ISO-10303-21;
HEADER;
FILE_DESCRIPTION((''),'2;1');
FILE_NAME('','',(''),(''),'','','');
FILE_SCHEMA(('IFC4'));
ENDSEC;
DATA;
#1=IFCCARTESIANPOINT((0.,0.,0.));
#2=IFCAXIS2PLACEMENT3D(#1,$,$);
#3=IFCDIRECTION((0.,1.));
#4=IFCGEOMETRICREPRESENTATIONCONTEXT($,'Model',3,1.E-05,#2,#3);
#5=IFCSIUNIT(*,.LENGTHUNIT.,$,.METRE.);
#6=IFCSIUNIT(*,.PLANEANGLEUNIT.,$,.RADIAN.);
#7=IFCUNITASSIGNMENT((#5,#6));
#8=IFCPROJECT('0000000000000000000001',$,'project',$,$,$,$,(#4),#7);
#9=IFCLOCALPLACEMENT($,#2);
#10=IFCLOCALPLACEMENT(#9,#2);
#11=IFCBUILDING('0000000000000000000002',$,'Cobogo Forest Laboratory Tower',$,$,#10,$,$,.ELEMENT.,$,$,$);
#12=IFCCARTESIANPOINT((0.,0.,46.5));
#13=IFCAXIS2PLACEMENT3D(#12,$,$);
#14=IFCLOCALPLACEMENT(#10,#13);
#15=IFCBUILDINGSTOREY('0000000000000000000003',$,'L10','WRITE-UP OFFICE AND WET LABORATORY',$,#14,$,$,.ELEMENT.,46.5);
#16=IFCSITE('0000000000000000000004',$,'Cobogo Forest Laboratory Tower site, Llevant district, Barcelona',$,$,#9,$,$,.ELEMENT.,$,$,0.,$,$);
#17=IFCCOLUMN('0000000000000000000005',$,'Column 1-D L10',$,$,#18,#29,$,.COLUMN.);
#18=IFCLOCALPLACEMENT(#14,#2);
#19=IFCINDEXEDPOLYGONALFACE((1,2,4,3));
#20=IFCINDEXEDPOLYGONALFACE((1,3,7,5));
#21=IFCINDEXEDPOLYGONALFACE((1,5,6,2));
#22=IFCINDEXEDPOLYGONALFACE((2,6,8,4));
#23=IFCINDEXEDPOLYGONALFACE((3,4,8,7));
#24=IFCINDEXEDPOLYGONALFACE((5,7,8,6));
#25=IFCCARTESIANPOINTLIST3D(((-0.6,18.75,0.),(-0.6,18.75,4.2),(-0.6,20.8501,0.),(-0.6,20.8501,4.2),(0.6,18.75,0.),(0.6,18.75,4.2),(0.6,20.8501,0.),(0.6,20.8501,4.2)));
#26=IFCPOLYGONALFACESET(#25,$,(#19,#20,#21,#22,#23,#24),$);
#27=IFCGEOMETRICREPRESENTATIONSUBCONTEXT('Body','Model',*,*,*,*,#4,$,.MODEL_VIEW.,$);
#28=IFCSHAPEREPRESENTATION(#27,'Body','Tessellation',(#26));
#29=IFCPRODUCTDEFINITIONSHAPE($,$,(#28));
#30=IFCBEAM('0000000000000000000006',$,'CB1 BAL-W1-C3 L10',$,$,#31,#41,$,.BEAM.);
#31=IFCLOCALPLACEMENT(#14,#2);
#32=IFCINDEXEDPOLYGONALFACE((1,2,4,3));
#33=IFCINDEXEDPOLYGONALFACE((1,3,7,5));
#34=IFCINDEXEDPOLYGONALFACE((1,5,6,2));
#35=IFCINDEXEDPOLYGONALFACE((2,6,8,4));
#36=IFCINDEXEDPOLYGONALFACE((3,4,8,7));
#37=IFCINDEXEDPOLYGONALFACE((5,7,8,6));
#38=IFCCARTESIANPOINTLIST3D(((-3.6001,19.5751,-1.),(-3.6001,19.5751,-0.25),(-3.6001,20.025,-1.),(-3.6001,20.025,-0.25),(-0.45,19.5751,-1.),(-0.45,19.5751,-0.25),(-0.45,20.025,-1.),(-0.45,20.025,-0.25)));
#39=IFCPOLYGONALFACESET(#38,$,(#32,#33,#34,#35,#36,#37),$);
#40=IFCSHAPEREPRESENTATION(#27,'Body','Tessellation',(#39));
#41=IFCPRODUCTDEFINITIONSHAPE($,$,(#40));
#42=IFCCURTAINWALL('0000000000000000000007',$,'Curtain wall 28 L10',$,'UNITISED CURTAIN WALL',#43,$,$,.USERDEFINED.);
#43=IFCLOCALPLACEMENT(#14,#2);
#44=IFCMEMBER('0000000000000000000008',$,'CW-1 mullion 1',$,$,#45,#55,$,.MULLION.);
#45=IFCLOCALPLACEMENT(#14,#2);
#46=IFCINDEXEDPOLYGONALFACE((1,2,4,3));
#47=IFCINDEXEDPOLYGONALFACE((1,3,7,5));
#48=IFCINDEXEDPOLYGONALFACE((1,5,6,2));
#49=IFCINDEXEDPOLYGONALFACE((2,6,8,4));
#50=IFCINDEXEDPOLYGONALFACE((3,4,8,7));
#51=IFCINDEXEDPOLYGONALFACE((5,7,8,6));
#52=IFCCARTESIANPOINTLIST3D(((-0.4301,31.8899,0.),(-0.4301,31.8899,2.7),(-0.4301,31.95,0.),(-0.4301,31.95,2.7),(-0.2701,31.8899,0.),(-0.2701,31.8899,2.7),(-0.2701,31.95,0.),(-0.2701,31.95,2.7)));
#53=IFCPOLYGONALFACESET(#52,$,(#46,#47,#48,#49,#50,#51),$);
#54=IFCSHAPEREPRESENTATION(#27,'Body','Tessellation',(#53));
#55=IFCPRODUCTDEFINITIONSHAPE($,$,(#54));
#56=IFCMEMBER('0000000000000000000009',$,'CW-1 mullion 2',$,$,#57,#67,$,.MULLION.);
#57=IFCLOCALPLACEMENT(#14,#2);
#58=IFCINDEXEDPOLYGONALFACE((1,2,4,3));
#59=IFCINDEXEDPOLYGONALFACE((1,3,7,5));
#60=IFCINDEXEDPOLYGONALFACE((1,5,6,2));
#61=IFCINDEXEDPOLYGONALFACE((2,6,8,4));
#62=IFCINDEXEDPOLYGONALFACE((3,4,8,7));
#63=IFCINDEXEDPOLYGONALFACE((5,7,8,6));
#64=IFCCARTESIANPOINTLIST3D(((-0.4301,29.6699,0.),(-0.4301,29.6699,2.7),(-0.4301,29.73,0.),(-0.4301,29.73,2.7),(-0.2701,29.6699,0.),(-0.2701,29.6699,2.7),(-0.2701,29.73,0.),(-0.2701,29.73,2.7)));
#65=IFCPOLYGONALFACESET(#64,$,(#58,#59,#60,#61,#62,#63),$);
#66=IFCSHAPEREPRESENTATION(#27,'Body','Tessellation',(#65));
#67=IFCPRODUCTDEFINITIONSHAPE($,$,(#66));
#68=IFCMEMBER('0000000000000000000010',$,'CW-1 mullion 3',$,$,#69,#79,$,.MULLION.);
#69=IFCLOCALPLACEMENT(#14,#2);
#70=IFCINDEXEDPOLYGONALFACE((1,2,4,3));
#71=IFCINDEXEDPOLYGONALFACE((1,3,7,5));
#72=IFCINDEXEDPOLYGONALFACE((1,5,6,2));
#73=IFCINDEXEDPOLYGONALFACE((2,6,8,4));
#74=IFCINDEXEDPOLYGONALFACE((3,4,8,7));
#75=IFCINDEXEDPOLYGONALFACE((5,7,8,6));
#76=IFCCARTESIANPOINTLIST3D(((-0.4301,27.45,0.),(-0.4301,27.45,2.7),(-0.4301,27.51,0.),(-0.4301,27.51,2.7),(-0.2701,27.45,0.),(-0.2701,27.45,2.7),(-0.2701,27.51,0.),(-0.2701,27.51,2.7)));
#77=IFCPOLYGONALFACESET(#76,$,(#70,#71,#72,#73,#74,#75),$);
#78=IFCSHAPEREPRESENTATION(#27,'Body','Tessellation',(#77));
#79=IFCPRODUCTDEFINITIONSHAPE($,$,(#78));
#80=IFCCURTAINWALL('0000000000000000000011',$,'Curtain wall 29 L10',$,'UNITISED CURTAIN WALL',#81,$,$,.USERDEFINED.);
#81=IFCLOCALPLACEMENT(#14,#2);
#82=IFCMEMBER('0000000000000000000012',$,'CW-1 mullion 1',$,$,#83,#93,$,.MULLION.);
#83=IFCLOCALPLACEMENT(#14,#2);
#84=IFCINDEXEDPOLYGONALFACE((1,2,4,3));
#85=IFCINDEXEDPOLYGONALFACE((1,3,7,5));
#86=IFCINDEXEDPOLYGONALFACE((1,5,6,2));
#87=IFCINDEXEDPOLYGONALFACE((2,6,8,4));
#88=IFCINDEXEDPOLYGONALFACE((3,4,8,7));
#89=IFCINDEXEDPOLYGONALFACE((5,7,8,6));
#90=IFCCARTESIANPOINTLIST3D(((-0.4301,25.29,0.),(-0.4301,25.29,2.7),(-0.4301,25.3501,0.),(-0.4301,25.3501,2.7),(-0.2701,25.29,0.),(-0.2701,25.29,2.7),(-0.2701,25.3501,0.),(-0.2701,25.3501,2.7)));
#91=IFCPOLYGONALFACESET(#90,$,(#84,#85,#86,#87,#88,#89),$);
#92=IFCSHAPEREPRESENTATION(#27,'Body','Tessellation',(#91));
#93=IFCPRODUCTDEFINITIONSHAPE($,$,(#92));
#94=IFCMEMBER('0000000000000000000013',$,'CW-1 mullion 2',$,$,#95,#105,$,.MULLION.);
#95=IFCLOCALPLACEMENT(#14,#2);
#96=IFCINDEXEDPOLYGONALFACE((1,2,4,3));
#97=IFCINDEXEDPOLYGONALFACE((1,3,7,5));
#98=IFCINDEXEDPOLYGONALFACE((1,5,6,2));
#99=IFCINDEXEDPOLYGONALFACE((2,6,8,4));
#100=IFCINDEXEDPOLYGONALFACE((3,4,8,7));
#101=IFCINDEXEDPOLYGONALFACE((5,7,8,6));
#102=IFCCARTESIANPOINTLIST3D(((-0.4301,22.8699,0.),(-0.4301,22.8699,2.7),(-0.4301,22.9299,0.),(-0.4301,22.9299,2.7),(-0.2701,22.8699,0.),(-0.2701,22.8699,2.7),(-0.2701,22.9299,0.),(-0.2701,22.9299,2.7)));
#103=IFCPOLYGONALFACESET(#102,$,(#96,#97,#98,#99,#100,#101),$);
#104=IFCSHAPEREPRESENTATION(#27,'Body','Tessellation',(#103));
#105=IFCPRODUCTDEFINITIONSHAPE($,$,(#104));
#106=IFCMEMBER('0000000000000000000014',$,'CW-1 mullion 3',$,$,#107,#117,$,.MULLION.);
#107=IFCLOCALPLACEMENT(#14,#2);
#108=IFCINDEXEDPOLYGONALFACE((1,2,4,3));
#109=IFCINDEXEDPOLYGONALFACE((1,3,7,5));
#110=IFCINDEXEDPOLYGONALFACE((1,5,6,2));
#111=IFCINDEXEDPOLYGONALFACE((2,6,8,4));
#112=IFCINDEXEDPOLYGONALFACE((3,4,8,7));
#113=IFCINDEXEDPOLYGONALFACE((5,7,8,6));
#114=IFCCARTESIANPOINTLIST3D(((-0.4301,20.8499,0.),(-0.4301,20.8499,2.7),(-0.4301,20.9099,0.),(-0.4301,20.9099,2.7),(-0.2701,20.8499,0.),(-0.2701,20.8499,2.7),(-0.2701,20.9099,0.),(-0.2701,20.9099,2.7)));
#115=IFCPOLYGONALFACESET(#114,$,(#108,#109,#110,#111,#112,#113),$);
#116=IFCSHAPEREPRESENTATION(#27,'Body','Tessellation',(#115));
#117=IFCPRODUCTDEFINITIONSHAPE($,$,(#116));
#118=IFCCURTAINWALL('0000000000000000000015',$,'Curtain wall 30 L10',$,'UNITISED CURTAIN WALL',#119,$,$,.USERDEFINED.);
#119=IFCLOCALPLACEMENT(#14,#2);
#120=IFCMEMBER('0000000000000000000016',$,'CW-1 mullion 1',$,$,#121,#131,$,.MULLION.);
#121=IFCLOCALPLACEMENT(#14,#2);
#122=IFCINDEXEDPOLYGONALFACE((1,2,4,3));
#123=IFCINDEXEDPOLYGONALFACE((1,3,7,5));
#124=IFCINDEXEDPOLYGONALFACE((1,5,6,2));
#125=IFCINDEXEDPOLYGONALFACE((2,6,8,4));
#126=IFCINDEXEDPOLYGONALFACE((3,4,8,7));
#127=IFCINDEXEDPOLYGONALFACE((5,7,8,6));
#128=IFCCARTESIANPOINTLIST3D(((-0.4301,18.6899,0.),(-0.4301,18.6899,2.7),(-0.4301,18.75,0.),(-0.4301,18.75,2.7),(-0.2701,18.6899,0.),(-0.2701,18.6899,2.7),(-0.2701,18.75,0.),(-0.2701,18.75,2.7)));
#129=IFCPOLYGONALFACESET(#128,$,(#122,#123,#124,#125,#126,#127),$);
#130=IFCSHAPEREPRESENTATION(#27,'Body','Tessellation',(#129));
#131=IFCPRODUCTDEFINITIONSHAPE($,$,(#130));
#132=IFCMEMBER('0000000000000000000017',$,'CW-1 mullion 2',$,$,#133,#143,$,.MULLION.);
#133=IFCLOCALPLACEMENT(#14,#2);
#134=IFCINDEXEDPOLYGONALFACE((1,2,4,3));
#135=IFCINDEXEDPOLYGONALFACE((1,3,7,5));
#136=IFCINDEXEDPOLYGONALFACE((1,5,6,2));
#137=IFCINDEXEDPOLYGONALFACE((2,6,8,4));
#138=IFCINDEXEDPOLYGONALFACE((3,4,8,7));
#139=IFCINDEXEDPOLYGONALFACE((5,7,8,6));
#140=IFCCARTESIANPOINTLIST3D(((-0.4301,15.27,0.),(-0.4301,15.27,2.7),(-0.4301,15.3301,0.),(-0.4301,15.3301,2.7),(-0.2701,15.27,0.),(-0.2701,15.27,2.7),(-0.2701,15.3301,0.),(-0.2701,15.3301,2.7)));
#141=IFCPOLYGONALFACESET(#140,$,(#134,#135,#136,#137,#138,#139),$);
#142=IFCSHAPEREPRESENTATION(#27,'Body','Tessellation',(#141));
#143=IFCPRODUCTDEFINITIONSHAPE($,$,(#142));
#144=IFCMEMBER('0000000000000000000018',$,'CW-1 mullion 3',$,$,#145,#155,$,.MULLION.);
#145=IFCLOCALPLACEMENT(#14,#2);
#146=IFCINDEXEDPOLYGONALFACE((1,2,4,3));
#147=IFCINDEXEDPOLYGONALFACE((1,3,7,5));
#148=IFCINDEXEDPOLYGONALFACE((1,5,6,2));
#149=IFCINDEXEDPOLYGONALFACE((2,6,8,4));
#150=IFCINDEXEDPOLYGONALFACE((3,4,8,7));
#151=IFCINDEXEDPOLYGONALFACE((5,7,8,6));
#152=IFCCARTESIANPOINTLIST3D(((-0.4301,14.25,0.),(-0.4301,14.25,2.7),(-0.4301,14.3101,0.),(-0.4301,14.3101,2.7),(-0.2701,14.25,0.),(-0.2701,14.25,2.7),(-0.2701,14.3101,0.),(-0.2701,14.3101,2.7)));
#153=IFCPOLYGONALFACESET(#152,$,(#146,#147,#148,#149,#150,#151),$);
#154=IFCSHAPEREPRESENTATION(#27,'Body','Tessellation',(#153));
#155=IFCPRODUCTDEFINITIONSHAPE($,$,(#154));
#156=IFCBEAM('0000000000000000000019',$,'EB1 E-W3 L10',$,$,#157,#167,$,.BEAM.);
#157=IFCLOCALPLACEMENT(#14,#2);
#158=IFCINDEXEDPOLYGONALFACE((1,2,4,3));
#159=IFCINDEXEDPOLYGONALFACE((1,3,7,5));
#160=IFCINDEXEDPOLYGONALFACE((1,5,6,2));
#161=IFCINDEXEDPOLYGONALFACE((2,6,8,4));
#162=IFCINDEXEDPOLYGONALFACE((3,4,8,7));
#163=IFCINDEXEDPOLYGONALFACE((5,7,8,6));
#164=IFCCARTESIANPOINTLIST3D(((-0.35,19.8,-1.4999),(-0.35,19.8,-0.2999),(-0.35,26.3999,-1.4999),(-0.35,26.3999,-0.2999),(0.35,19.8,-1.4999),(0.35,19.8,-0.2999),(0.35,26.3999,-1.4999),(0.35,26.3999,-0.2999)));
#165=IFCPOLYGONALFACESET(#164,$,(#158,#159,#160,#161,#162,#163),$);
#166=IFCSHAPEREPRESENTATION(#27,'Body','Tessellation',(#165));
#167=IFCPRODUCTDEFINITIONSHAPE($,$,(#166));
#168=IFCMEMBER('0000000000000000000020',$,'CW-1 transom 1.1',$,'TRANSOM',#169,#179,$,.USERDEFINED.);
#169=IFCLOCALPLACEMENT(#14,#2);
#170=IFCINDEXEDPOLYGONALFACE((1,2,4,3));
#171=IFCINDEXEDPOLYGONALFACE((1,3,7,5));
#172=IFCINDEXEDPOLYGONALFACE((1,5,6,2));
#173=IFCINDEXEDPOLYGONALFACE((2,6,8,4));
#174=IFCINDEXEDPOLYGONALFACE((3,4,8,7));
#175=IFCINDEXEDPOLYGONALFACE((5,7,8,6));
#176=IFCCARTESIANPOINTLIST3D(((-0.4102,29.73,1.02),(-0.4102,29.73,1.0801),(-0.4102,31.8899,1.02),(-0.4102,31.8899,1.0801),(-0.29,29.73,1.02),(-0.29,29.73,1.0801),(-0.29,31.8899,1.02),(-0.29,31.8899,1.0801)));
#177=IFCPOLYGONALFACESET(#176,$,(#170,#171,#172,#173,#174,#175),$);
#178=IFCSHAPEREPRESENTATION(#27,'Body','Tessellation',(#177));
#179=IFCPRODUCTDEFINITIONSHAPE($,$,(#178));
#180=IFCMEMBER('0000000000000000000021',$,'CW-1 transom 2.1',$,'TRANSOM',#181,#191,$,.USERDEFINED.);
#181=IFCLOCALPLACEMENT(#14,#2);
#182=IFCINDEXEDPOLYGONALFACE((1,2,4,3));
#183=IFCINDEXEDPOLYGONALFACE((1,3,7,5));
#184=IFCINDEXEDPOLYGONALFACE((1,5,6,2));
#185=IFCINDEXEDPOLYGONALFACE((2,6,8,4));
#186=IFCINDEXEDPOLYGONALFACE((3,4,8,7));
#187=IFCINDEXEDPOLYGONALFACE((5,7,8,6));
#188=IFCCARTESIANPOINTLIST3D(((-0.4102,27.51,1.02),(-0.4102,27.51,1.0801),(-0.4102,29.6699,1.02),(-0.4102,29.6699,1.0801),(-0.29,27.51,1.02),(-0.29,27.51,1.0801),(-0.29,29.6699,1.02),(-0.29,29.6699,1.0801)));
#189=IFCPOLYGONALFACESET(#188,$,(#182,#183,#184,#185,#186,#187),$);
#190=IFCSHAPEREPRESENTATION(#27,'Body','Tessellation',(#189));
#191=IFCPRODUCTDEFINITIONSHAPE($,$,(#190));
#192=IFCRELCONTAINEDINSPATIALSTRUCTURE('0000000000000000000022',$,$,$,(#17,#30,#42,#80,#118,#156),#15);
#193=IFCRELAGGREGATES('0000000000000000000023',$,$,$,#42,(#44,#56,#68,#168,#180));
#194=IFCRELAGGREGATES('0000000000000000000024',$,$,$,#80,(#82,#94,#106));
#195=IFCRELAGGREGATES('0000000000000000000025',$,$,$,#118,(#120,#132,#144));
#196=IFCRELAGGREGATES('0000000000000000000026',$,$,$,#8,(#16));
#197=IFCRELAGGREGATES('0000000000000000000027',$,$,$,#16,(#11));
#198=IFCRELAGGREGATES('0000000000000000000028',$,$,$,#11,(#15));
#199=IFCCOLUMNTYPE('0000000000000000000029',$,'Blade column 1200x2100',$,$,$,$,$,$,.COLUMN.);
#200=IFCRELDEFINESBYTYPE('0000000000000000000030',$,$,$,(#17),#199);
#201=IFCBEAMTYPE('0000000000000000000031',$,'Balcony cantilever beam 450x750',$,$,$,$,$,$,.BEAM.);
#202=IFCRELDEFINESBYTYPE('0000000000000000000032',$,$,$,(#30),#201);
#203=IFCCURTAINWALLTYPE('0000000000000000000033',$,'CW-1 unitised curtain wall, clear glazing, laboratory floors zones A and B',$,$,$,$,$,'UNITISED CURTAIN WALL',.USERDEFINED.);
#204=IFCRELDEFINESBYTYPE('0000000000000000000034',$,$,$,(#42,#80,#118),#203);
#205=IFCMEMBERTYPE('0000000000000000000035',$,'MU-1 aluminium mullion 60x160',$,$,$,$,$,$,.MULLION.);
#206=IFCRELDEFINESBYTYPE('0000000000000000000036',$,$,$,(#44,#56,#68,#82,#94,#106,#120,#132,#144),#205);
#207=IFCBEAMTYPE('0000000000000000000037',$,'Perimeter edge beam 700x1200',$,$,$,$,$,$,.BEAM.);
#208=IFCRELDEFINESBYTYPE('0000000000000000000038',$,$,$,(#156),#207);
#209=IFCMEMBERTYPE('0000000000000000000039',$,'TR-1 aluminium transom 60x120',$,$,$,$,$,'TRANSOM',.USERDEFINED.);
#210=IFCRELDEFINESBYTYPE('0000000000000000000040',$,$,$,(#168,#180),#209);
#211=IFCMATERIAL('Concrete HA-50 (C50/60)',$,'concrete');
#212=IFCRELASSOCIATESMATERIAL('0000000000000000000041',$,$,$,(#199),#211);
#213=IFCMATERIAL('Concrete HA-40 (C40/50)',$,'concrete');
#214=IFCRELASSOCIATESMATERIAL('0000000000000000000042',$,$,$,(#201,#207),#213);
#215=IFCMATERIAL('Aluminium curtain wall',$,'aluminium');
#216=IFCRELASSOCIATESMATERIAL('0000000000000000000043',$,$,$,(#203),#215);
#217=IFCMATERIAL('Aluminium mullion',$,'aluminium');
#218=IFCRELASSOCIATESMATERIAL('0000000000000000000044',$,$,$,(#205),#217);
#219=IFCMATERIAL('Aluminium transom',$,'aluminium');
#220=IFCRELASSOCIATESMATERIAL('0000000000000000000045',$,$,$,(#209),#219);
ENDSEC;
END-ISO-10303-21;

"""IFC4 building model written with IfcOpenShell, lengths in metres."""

from ifc_helpers import new_model, si_unit, direction, frame, origin, origin_2d, place, context, subcontext, project, spatial, rectangle, extrude, material, material_profile, profile_set, type_object, element, aggregate, save


model = new_model("IFC4")

# Units and contexts
model_context = context("Model", 3, precision=1e-05, world=origin(), true_north=direction((0.0, 1.0)))
body_context = subcontext(model_context, "Body", "Model", "MODEL_VIEW")
ifc_project = project(units=[si_unit("LENGTHUNIT", "METRE"), si_unit("PLANEANGLEUNIT", "RADIAN")], contexts=[model_context])

# Site, building, storey
site_placement = place(None, origin())
site = spatial("IfcSite", under=ifc_project, at=site_placement, Name="Cobogo Forest Laboratory Tower site, Llevant district, Barcelona", CompositionType="ELEMENT", RefElevation=0.0)
building_placement = place(site_placement, origin())
building = spatial("IfcBuilding", under=site, at=building_placement, Name="Cobogo Forest Laboratory Tower", CompositionType="ELEMENT")
storey_placement = place(building_placement, frame((0.0, 0.0, 46.5)))
storey = spatial("IfcBuildingStorey", under=building, at=storey_placement, Name="L10", Description="WRITE-UP OFFICE AND WET LABORATORY", CompositionType="ELEMENT", Elevation=46.5)

# Column
ifc_material_1 = material(Name="Concrete HA-50 (C50/60)", Category="concrete")
ifc_material_profile_1 = material_profile(ifc_material_1, rectangle(XDim=2.1001, YDim=1.2, at=origin_2d()), Name="RC 1200x2100")
ifc_profile_set_1 = profile_set([ifc_material_profile_1], Name="Concrete HA-50 (C50/60)")
column_type = type_object("IfcColumnType", Name="Blade column 1200x2100", PredefinedType="COLUMN", material=ifc_profile_set_1)
column_placement = place(storey_placement, frame((0.0, 19.8, 0.0), z_axis=(0.0, 0.0, 1.0), x_axis=(0.0, 1.0, 0.0)))
element("IfcColumn", 1, at=column_placement, inside=storey, type_object=column_type, Name="Column 1-D L10", PredefinedType="COLUMN", context=body_context, shape_type="SweptSolid", body=[
    extrude(rectangle(XDim=2.1001, YDim=1.2, at=origin_2d()), origin(), (0.0, 0.0, 1.0), 4.2),
])

# Beam
ifc_material_2 = material(Name="Concrete HA-40 (C40/50)", Category="concrete")
ifc_material_profile_2 = material_profile(ifc_material_2, rectangle(XDim=0.45, YDim=0.75, at=origin_2d()), Name="RC 450x750")
ifc_profile_set_2 = profile_set([ifc_material_profile_2], Name="Concrete HA-40 (C40/50)")
beam_type_1 = type_object("IfcBeamType", Name="Balcony cantilever beam 450x750", PredefinedType="BEAM", material=ifc_profile_set_2)
beam_1_placement = place(storey_placement, frame((-0.45, 19.8, -0.625), z_axis=(-1.0, 0.0, 0.0), x_axis=(0.0, -1.0, 0.0)))
element("IfcBeam", 2, at=beam_1_placement, inside=storey, type_object=beam_type_1, Name="CB1 BAL-W1-C3 L10", PredefinedType="BEAM", context=body_context, shape_type="SweptSolid", body=[
    extrude(rectangle(XDim=0.45, YDim=0.75, at=origin_2d()), origin(), (0.0, 0.0, 1.0), 3.1501),
])

# Curtain walls, members
ifc_material_3 = material(Name="Aluminium curtain wall", Category="aluminium")
curtain_wall_type = type_object("IfcCurtainWallType", Name="CW-1 unitised curtain wall, clear glazing, laboratory floors zones A and B", ElementType="UNITISED CURTAIN WALL", PredefinedType="USERDEFINED", material=ifc_material_3)
curtain_wall_1_placement = place(storey_placement, origin())
curtain_wall_1 = element("IfcCurtainWall", 3, at=curtain_wall_1_placement, inside=storey, type_object=curtain_wall_type, Name="Curtain wall 28 L10", ObjectType="UNITISED CURTAIN WALL", PredefinedType="USERDEFINED")
ifc_material_4 = material(Name="Aluminium mullion", Category="aluminium")
ifc_material_profile_3 = material_profile(ifc_material_4, rectangle(XDim=0.0601, YDim=0.1599, at=origin_2d()), Name="AL 60x160")
ifc_profile_set_3 = profile_set([ifc_material_profile_3], Name="Aluminium mullion")
member_type_1 = type_object("IfcMemberType", Name="MU-1 aluminium mullion 60x160", PredefinedType="MULLION", material=ifc_profile_set_3)
member_1_placement = place(storey_placement, frame((-0.3501, 31.9199, 0.0), z_axis=(0.0, 0.0, 1.0), x_axis=(0.0, -1.0, 0.0)))
member_1 = element("IfcMember", 4, at=member_1_placement, type_object=member_type_1, Name="CW-1 mullion 1", PredefinedType="MULLION", context=body_context, shape_type="SweptSolid", body=[
    extrude(rectangle(XDim=0.0601, YDim=0.1599, at=origin_2d()), origin(), (0.0, 0.0, 1.0), 2.7),
])
member_2_placement = place(storey_placement, frame((-0.3501, 29.7, 0.0), z_axis=(0.0, 0.0, 1.0), x_axis=(0.0, -1.0, 0.0)))
member_2 = element("IfcMember", 5, at=member_2_placement, type_object=member_type_1, Name="CW-1 mullion 2", PredefinedType="MULLION", context=body_context, shape_type="SweptSolid", body=[
    extrude(rectangle(XDim=0.0601, YDim=0.1599, at=origin_2d()), origin(), (0.0, 0.0, 1.0), 2.7),
])
member_3_placement = place(storey_placement, frame((-0.3501, 27.48, 0.0), z_axis=(0.0, 0.0, 1.0), x_axis=(0.0, -1.0, 0.0)))
member_3 = element("IfcMember", 6, at=member_3_placement, type_object=member_type_1, Name="CW-1 mullion 3", PredefinedType="MULLION", context=body_context, shape_type="SweptSolid", body=[
    extrude(rectangle(XDim=0.0601, YDim=0.1599, at=origin_2d()), origin(), (0.0, 0.0, 1.0), 2.7),
])
curtain_wall_2_placement = place(storey_placement, origin())
curtain_wall_2 = element("IfcCurtainWall", 7, at=curtain_wall_2_placement, inside=storey, type_object=curtain_wall_type, Name="Curtain wall 29 L10", ObjectType="UNITISED CURTAIN WALL", PredefinedType="USERDEFINED")
member_4_placement = place(storey_placement, frame((-0.3501, 25.3201, 0.0), z_axis=(0.0, 0.0, 1.0), x_axis=(0.0, -1.0, 0.0)))
member_4 = element("IfcMember", 8, at=member_4_placement, type_object=member_type_1, Name="CW-1 mullion 1", PredefinedType="MULLION", context=body_context, shape_type="SweptSolid", body=[
    extrude(rectangle(XDim=0.0601, YDim=0.1599, at=origin_2d()), origin(), (0.0, 0.0, 1.0), 2.7),
])
member_5_placement = place(storey_placement, frame((-0.3501, 22.8999, 0.0), z_axis=(0.0, 0.0, 1.0), x_axis=(0.0, -1.0, 0.0)))
member_5 = element("IfcMember", 9, at=member_5_placement, type_object=member_type_1, Name="CW-1 mullion 2", PredefinedType="MULLION", context=body_context, shape_type="SweptSolid", body=[
    extrude(rectangle(XDim=0.0601, YDim=0.1599, at=origin_2d()), origin(), (0.0, 0.0, 1.0), 2.7),
])
member_6_placement = place(storey_placement, frame((-0.3501, 20.8799, 0.0), z_axis=(0.0, 0.0, 1.0), x_axis=(0.0, -1.0, 0.0)))
member_6 = element("IfcMember", 10, at=member_6_placement, type_object=member_type_1, Name="CW-1 mullion 3", PredefinedType="MULLION", context=body_context, shape_type="SweptSolid", body=[
    extrude(rectangle(XDim=0.0601, YDim=0.1599, at=origin_2d()), origin(), (0.0, 0.0, 1.0), 2.7),
])
curtain_wall_3_placement = place(storey_placement, origin())
curtain_wall_3 = element("IfcCurtainWall", 11, at=curtain_wall_3_placement, inside=storey, type_object=curtain_wall_type, Name="Curtain wall 30 L10", ObjectType="UNITISED CURTAIN WALL", PredefinedType="USERDEFINED")
member_7_placement = place(storey_placement, frame((-0.3501, 18.72, 0.0), z_axis=(0.0, 0.0, 1.0), x_axis=(0.0, -1.0, 0.0)))
member_7 = element("IfcMember", 12, at=member_7_placement, type_object=member_type_1, Name="CW-1 mullion 1", PredefinedType="MULLION", context=body_context, shape_type="SweptSolid", body=[
    extrude(rectangle(XDim=0.0601, YDim=0.1599, at=origin_2d()), origin(), (0.0, 0.0, 1.0), 2.7),
])
member_8_placement = place(storey_placement, frame((-0.3501, 15.3, 0.0), z_axis=(0.0, 0.0, 1.0), x_axis=(0.0, -1.0, 0.0)))
member_8 = element("IfcMember", 13, at=member_8_placement, type_object=member_type_1, Name="CW-1 mullion 2", PredefinedType="MULLION", context=body_context, shape_type="SweptSolid", body=[
    extrude(rectangle(XDim=0.0601, YDim=0.1599, at=origin_2d()), origin(), (0.0, 0.0, 1.0), 2.7),
])
member_9_placement = place(storey_placement, frame((-0.3501, 14.28, 0.0), z_axis=(0.0, 0.0, 1.0), x_axis=(0.0, -1.0, 0.0)))
member_9 = element("IfcMember", 14, at=member_9_placement, type_object=member_type_1, Name="CW-1 mullion 3", PredefinedType="MULLION", context=body_context, shape_type="SweptSolid", body=[
    extrude(rectangle(XDim=0.0601, YDim=0.1599, at=origin_2d()), origin(), (0.0, 0.0, 1.0), 2.7),
])

# Beam
ifc_material_profile_4 = material_profile(ifc_material_2, rectangle(XDim=0.7, YDim=1.2, at=origin_2d()), Name="RC 700x1200")
ifc_profile_set_4 = profile_set([ifc_material_profile_4], Name="Concrete HA-40 (C40/50)")
beam_type_2 = type_object("IfcBeamType", Name="Perimeter edge beam 700x1200", PredefinedType="BEAM", material=ifc_profile_set_4)
beam_2_placement = place(storey_placement, frame((0.0, 19.8, -0.8999), z_axis=(0.0, 1.0, 0.0), x_axis=(-1.0, 0.0, 0.0)))
element("IfcBeam", 15, at=beam_2_placement, inside=storey, type_object=beam_type_2, Name="EB1 E-W3 L10", PredefinedType="BEAM", context=body_context, shape_type="SweptSolid", body=[
    extrude(rectangle(XDim=0.7, YDim=1.2, at=origin_2d()), origin(), (0.0, 0.0, 1.0), 6.5999),
])

# Members
ifc_material_5 = material(Name="Aluminium transom", Category="aluminium")
ifc_material_profile_5 = material_profile(ifc_material_5, rectangle(XDim=0.1201, YDim=0.0601, at=origin_2d()), Name="AL 60x120")
ifc_profile_set_5 = profile_set([ifc_material_profile_5], Name="Aluminium transom")
member_type_2 = type_object("IfcMemberType", Name="TR-1 aluminium transom 60x120", ElementType="TRANSOM", PredefinedType="USERDEFINED", material=ifc_profile_set_5)
member_10_placement = place(storey_placement, frame((-0.3501, 31.8899, 1.05), z_axis=(0.0, -1.0, 0.0), x_axis=(1.0, 0.0, 0.0)))
member_10 = element("IfcMember", 16, at=member_10_placement, type_object=member_type_2, Name="CW-1 transom 1.1", ObjectType="TRANSOM", PredefinedType="USERDEFINED", context=body_context, shape_type="SweptSolid", body=[
    extrude(rectangle(XDim=0.1201, YDim=0.0601, at=origin_2d()), origin(), (0.0, 0.0, 1.0), 2.1599),
])
member_11_placement = place(storey_placement, frame((-0.3501, 29.6699, 1.05), z_axis=(0.0, -1.0, 0.0), x_axis=(1.0, 0.0, 0.0)))
member_11 = element("IfcMember", 17, at=member_11_placement, type_object=member_type_2, Name="CW-1 transom 2.1", ObjectType="TRANSOM", PredefinedType="USERDEFINED", context=body_context, shape_type="SweptSolid", body=[
    extrude(rectangle(XDim=0.1201, YDim=0.0601, at=origin_2d()), origin(), (0.0, 0.0, 1.0), 2.1599),
])

aggregate(curtain_wall_1, [member_1, member_2, member_3, member_10, member_11])
aggregate(curtain_wall_2, [member_4, member_5, member_6])
aggregate(curtain_wall_3, [member_7, member_8, member_9])

save(model, "model.ifc")
